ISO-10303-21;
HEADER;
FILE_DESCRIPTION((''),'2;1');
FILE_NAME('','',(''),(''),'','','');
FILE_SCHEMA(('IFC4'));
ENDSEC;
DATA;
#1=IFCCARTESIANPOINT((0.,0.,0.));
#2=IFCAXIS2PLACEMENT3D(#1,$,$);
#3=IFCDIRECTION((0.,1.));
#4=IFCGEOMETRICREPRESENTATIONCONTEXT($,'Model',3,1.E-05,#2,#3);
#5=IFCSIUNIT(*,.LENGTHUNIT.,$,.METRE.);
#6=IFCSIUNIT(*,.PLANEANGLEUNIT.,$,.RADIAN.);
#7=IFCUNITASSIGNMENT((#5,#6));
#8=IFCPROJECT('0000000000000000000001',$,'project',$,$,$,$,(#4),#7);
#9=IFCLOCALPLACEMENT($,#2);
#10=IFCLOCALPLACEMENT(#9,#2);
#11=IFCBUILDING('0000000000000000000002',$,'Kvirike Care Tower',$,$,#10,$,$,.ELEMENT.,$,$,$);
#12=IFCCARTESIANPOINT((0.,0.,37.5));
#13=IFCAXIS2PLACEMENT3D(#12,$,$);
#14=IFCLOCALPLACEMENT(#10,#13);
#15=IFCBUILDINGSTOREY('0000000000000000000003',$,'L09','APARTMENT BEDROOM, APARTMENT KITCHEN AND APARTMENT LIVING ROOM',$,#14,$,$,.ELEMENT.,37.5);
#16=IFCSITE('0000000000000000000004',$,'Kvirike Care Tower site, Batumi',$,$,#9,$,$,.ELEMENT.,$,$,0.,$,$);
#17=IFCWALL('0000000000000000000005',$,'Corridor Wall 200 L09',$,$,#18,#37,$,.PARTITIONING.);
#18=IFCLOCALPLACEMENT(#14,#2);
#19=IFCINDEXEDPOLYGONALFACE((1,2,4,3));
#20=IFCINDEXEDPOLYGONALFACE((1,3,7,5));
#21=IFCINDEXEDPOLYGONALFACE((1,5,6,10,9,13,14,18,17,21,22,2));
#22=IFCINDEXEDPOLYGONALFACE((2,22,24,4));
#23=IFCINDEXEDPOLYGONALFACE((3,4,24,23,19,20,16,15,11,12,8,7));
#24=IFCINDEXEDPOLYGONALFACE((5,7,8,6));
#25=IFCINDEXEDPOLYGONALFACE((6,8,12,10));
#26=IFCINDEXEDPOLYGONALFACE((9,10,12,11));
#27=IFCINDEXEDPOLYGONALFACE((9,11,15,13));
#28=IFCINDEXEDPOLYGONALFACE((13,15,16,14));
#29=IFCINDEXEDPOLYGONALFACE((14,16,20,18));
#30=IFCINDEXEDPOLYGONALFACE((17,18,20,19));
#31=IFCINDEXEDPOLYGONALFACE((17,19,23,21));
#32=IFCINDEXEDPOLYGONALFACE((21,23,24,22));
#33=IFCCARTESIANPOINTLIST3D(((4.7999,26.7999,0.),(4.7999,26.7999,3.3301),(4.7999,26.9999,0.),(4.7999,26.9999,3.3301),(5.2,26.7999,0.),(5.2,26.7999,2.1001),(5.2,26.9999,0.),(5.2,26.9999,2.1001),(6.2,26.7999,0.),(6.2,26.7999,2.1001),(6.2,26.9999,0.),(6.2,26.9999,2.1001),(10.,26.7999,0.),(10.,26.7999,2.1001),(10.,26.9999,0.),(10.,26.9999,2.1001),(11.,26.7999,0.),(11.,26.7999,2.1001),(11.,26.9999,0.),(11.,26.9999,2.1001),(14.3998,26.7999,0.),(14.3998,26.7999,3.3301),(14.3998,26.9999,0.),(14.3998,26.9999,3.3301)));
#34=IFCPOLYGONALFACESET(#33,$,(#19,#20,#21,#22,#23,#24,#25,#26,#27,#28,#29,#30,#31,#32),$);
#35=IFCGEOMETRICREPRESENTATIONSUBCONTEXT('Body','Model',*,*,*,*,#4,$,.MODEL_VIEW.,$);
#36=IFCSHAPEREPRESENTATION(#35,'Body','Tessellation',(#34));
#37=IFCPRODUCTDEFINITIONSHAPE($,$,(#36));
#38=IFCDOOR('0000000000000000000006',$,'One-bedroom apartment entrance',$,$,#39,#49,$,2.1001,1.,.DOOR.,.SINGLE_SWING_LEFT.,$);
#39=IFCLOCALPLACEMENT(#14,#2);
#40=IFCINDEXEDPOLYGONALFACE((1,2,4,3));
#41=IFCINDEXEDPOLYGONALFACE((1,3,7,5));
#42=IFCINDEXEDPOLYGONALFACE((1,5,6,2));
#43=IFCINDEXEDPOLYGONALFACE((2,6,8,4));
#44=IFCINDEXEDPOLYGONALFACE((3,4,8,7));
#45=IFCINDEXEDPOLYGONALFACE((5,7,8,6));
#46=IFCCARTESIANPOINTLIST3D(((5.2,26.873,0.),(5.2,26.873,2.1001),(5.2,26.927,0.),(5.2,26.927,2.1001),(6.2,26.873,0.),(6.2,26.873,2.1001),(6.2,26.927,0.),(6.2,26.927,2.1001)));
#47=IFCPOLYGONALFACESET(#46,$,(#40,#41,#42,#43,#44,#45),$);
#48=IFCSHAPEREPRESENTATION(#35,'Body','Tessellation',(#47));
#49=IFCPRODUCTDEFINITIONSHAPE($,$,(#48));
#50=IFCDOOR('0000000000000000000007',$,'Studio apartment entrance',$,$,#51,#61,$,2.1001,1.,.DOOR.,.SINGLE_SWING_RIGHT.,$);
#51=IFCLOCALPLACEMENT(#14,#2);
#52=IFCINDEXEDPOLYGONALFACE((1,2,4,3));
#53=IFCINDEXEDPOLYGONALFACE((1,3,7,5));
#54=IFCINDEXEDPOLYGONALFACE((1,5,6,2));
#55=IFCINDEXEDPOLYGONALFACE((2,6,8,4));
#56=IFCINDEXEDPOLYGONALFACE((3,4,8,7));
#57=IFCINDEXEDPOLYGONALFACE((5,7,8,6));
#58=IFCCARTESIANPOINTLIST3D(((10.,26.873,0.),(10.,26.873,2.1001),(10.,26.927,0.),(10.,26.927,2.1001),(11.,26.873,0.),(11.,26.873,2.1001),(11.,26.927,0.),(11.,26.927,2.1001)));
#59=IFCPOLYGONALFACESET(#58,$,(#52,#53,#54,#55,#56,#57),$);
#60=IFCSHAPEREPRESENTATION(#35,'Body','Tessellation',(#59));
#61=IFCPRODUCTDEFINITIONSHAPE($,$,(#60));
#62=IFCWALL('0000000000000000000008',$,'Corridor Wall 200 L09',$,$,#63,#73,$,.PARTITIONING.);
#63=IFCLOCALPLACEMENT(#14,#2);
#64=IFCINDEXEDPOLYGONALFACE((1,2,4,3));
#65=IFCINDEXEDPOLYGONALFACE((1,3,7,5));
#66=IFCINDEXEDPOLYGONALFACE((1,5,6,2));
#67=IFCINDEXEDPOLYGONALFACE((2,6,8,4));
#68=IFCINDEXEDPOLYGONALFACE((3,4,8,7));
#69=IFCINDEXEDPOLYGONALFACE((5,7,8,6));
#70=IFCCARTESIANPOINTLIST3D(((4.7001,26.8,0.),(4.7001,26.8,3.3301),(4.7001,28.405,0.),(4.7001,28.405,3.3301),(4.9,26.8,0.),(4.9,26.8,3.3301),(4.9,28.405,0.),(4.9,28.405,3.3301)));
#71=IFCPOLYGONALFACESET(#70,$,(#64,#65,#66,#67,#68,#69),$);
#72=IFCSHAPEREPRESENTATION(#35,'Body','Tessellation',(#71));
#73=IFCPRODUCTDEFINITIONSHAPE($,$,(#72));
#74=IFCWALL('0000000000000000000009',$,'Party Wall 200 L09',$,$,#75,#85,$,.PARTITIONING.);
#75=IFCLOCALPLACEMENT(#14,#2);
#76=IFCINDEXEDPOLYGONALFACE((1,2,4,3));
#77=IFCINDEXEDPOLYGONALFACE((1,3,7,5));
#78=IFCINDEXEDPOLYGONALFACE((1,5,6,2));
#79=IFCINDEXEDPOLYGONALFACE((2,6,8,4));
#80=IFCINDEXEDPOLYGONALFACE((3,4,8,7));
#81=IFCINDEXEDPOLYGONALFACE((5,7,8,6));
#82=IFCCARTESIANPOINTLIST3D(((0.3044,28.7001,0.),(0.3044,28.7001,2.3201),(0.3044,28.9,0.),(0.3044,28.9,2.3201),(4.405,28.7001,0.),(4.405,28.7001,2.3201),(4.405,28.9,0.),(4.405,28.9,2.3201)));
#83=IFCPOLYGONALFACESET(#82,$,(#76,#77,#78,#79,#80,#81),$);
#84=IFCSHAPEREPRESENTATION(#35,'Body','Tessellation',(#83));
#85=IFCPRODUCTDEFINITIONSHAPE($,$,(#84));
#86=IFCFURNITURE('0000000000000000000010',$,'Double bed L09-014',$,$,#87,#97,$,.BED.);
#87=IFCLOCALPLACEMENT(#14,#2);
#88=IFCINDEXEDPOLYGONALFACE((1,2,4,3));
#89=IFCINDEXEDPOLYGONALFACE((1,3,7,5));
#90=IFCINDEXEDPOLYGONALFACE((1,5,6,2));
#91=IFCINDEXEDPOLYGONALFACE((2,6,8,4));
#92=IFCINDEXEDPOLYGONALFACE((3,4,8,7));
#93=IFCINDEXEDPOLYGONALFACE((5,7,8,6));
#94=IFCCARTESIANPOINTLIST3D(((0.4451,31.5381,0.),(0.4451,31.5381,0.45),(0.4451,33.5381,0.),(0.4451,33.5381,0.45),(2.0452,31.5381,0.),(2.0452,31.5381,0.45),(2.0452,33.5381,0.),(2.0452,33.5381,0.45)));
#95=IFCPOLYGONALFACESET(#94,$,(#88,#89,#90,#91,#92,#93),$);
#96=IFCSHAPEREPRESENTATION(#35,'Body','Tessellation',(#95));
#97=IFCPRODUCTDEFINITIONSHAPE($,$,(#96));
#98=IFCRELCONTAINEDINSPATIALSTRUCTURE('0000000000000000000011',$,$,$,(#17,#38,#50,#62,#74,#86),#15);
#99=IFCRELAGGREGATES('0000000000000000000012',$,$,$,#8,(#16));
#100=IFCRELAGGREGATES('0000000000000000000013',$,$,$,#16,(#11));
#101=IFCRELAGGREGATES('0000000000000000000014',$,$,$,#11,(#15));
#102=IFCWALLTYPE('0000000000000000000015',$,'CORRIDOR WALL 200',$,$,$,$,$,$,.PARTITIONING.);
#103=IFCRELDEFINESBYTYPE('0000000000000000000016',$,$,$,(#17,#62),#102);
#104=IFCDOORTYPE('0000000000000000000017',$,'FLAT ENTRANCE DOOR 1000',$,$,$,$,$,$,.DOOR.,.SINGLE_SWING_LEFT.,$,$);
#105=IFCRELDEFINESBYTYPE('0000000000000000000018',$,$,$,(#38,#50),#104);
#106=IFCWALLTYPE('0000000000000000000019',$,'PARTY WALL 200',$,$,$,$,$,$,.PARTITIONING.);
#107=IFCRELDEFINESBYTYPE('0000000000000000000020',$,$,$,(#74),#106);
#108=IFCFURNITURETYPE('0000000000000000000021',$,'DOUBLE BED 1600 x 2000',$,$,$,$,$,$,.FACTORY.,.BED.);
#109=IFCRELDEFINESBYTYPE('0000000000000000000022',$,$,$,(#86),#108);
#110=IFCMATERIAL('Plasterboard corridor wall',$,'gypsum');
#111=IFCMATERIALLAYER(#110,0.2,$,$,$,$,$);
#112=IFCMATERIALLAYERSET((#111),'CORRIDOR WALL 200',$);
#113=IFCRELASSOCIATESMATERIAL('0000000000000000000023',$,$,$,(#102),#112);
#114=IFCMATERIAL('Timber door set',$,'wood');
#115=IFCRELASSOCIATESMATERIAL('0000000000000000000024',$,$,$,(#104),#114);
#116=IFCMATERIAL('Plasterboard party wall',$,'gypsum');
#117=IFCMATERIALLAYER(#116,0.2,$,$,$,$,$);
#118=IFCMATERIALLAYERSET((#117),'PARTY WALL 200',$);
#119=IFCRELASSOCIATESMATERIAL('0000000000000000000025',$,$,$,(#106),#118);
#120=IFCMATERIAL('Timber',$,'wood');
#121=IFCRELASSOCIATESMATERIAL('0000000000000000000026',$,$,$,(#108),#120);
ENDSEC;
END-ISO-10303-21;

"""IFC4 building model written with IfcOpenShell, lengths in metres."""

from ifc_helpers import new_model, si_unit, direction, frame, frame_2d, origin, origin_2d, place, context, subcontext, project, spatial, rectangle, extrude, material, layer, layer_set, type_object, element, fill, save


model = new_model("IFC4")

# Units and contexts
model_context = context("Model", 3, precision=1e-05, world=origin(), true_north=direction((0.0, 1.0)))
body_context = subcontext(model_context, "Body", "Model", "MODEL_VIEW")
ifc_project = project(units=[si_unit("LENGTHUNIT", "METRE"), si_unit("PLANEANGLEUNIT", "RADIAN")], contexts=[model_context])

# Site, building, storey
site_placement = place(None, origin())
site = spatial("IfcSite", under=ifc_project, at=site_placement, Name="Kvirike Care Tower site, Batumi", CompositionType="ELEMENT", RefElevation=0.0)
building_placement = place(site_placement, origin())
building = spatial("IfcBuilding", under=site, at=building_placement, Name="Kvirike Care Tower", CompositionType="ELEMENT")
storey_placement = place(building_placement, frame((0.0, 0.0, 37.5)))
storey = spatial("IfcBuildingStorey", under=building, at=storey_placement, Name="L09", Description="APARTMENT BEDROOM, APARTMENT KITCHEN AND APARTMENT LIVING ROOM", CompositionType="ELEMENT", Elevation=37.5)

# Wall, openings, doors
ifc_material_1 = material(Name="Plasterboard corridor wall", Category="gypsum")
ifc_layer_1 = layer(ifc_material_1, 0.2)
ifc_layer_set_1 = layer_set([ifc_layer_1], Name="CORRIDOR WALL 200")
wall_type_1 = type_object("IfcWallType", Name="CORRIDOR WALL 200", PredefinedType="PARTITIONING", material=ifc_layer_set_1)
wall_1_placement = place(storey_placement, frame((4.8, 26.8999, 0.0), z_axis=(0.0, 0.0, 1.0), x_axis=(1.0, 0.0, 0.0)))
wall_1 = element("IfcWall", 1, at=wall_1_placement, inside=storey, type_object=wall_type_1, Name="Corridor Wall 200 L09", PredefinedType="PARTITIONING", context=body_context, shape_type="SweptSolid", body=[
    extrude(rectangle(XDim=9.5999, YDim=0.2, at=frame_2d((4.7998, 0.0))), origin(), (0.0, 0.0, 1.0), 3.3301),
])
opening_1_placement = place(wall_1_placement, frame((0.3999, 0.0, 0.0)))
opening_1 = element("IfcOpeningElement", 2, at=opening_1_placement, cuts=wall_1, PredefinedType="OPENING", context=body_context, shape_type="SweptSolid", body=[
    extrude(rectangle(XDim=1.0, YDim=2.1001, at=frame_2d((0.5, 1.05))), frame((0.0, 0.1106, 0.0), z_axis=(0.0, -1.0, 0.0), x_axis=(1.0, 0.0, 0.0)), (0.0, 0.0, 1.0), 0.2209),
])
opening_2_placement = place(wall_1_placement, frame((5.2, 0.0, 0.0)))
opening_2 = element("IfcOpeningElement", 3, at=opening_2_placement, cuts=wall_1, PredefinedType="OPENING", context=body_context, shape_type="SweptSolid", body=[
    extrude(rectangle(XDim=1.0, YDim=2.1001, at=frame_2d((0.5, 1.05))), frame((0.0, 0.1106, 0.0), z_axis=(0.0, -1.0, 0.0), x_axis=(1.0, 0.0, 0.0)), (0.0, 0.0, 1.0), 0.2209),
])
ifc_material_2 = material(Name="Timber door set", Category="wood")
door_type_1 = type_object("IfcDoorType", Name="FLAT ENTRANCE DOOR 1000", OperationType="SINGLE_SWING_LEFT", PredefinedType="DOOR", material=ifc_material_2)
door_1_placement = place(opening_1_placement, frame((1.0, 0.0, 0.0), z_axis=(0.0, 0.0, 1.0), x_axis=(-1.0, 0.0, 0.0)))
door_1 = element("IfcDoor", 4, at=door_1_placement, inside=storey, type_object=door_type_1, Name="One-bedroom apartment entrance", OperationType="SINGLE_SWING_LEFT", OverallHeight=2.1001, OverallWidth=1.0, PredefinedType="DOOR", context=body_context, shape_type="SweptSolid", body=[
    extrude(rectangle(XDim=1.0, YDim=2.1001, at=frame_2d((0.5, 1.05))), frame((0.0, 0.0269, 0.0), z_axis=(0.0, -1.0, 0.0), x_axis=(1.0, 0.0, 0.0)), (0.0, 0.0, 1.0), 0.054),
])
fill(opening_1, door_1)
door_2_placement = place(opening_2_placement, frame((1.0, 0.0, 0.0), z_axis=(0.0, 0.0, 1.0), x_axis=(-1.0, 0.0, 0.0)))
door_2 = element("IfcDoor", 5, at=door_2_placement, inside=storey, type_object=door_type_1, Name="Studio apartment entrance", OperationType="SINGLE_SWING_RIGHT", OverallHeight=2.1001, OverallWidth=1.0, PredefinedType="DOOR", context=body_context, shape_type="SweptSolid", body=[
    extrude(rectangle(XDim=1.0, YDim=2.1001, at=frame_2d((0.5, 1.05))), frame((0.0, 0.0269, 0.0), z_axis=(0.0, -1.0, 0.0), x_axis=(1.0, 0.0, 0.0)), (0.0, 0.0, 1.0), 0.054),
])
fill(opening_2, door_2)

# Walls
wall_2_placement = place(storey_placement, frame((4.8, 26.8, 0.0), z_axis=(0.0, 0.0, 1.0), x_axis=(0.0, 1.0, 0.0)))
element("IfcWall", 6, at=wall_2_placement, inside=storey, type_object=wall_type_1, Name="Corridor Wall 200 L09", PredefinedType="PARTITIONING", context=body_context, shape_type="SweptSolid", body=[
    extrude(rectangle(XDim=1.605, YDim=0.2, at=frame_2d((0.8025, 0.0))), origin(), (0.0, 0.0, 1.0), 3.3301),
])
ifc_material_3 = material(Name="Plasterboard party wall", Category="gypsum")
ifc_layer_2 = layer(ifc_material_3, 0.2)
ifc_layer_set_2 = layer_set([ifc_layer_2], Name="PARTY WALL 200")
wall_type_2 = type_object("IfcWallType", Name="PARTY WALL 200", PredefinedType="PARTITIONING", material=ifc_layer_set_2)
wall_3_placement = place(storey_placement, frame((4.405, 28.8, 0.0), z_axis=(0.0, 0.0, 1.0), x_axis=(-1.0, 0.0, 0.0)))
element("IfcWall", 7, at=wall_3_placement, inside=storey, type_object=wall_type_2, Name="Party Wall 200 L09", PredefinedType="PARTITIONING", context=body_context, shape_type="SweptSolid", body=[
    extrude(rectangle(XDim=4.1006, YDim=0.2, at=frame_2d((2.0503, 0.0))), origin(), (0.0, 0.0, 1.0), 2.3201),
])

# Furniture
ifc_material_4 = material(Name="Timber", Category="wood")
furniture_type = type_object("IfcFurnitureType", Name="DOUBLE BED 1600 x 2000", AssemblyPlace="FACTORY", PredefinedType="BED", material=ifc_material_4)
furniture_placement = place(storey_placement, frame((1.2451, 32.5381, 0.0), z_axis=(0.0, 0.0, 1.0), x_axis=(1.0, 0.0, 0.0)))
element("IfcFurniture", 8, at=furniture_placement, inside=storey, type_object=furniture_type, Name="Double bed L09-014", PredefinedType="BED", context=body_context, shape_type="SweptSolid", body=[
    extrude(rectangle(XDim=1.6001, YDim=2.0, at=origin_2d()), origin(), (0.0, 0.0, 1.0), 0.45),
])

save(model, "model.ifc")
